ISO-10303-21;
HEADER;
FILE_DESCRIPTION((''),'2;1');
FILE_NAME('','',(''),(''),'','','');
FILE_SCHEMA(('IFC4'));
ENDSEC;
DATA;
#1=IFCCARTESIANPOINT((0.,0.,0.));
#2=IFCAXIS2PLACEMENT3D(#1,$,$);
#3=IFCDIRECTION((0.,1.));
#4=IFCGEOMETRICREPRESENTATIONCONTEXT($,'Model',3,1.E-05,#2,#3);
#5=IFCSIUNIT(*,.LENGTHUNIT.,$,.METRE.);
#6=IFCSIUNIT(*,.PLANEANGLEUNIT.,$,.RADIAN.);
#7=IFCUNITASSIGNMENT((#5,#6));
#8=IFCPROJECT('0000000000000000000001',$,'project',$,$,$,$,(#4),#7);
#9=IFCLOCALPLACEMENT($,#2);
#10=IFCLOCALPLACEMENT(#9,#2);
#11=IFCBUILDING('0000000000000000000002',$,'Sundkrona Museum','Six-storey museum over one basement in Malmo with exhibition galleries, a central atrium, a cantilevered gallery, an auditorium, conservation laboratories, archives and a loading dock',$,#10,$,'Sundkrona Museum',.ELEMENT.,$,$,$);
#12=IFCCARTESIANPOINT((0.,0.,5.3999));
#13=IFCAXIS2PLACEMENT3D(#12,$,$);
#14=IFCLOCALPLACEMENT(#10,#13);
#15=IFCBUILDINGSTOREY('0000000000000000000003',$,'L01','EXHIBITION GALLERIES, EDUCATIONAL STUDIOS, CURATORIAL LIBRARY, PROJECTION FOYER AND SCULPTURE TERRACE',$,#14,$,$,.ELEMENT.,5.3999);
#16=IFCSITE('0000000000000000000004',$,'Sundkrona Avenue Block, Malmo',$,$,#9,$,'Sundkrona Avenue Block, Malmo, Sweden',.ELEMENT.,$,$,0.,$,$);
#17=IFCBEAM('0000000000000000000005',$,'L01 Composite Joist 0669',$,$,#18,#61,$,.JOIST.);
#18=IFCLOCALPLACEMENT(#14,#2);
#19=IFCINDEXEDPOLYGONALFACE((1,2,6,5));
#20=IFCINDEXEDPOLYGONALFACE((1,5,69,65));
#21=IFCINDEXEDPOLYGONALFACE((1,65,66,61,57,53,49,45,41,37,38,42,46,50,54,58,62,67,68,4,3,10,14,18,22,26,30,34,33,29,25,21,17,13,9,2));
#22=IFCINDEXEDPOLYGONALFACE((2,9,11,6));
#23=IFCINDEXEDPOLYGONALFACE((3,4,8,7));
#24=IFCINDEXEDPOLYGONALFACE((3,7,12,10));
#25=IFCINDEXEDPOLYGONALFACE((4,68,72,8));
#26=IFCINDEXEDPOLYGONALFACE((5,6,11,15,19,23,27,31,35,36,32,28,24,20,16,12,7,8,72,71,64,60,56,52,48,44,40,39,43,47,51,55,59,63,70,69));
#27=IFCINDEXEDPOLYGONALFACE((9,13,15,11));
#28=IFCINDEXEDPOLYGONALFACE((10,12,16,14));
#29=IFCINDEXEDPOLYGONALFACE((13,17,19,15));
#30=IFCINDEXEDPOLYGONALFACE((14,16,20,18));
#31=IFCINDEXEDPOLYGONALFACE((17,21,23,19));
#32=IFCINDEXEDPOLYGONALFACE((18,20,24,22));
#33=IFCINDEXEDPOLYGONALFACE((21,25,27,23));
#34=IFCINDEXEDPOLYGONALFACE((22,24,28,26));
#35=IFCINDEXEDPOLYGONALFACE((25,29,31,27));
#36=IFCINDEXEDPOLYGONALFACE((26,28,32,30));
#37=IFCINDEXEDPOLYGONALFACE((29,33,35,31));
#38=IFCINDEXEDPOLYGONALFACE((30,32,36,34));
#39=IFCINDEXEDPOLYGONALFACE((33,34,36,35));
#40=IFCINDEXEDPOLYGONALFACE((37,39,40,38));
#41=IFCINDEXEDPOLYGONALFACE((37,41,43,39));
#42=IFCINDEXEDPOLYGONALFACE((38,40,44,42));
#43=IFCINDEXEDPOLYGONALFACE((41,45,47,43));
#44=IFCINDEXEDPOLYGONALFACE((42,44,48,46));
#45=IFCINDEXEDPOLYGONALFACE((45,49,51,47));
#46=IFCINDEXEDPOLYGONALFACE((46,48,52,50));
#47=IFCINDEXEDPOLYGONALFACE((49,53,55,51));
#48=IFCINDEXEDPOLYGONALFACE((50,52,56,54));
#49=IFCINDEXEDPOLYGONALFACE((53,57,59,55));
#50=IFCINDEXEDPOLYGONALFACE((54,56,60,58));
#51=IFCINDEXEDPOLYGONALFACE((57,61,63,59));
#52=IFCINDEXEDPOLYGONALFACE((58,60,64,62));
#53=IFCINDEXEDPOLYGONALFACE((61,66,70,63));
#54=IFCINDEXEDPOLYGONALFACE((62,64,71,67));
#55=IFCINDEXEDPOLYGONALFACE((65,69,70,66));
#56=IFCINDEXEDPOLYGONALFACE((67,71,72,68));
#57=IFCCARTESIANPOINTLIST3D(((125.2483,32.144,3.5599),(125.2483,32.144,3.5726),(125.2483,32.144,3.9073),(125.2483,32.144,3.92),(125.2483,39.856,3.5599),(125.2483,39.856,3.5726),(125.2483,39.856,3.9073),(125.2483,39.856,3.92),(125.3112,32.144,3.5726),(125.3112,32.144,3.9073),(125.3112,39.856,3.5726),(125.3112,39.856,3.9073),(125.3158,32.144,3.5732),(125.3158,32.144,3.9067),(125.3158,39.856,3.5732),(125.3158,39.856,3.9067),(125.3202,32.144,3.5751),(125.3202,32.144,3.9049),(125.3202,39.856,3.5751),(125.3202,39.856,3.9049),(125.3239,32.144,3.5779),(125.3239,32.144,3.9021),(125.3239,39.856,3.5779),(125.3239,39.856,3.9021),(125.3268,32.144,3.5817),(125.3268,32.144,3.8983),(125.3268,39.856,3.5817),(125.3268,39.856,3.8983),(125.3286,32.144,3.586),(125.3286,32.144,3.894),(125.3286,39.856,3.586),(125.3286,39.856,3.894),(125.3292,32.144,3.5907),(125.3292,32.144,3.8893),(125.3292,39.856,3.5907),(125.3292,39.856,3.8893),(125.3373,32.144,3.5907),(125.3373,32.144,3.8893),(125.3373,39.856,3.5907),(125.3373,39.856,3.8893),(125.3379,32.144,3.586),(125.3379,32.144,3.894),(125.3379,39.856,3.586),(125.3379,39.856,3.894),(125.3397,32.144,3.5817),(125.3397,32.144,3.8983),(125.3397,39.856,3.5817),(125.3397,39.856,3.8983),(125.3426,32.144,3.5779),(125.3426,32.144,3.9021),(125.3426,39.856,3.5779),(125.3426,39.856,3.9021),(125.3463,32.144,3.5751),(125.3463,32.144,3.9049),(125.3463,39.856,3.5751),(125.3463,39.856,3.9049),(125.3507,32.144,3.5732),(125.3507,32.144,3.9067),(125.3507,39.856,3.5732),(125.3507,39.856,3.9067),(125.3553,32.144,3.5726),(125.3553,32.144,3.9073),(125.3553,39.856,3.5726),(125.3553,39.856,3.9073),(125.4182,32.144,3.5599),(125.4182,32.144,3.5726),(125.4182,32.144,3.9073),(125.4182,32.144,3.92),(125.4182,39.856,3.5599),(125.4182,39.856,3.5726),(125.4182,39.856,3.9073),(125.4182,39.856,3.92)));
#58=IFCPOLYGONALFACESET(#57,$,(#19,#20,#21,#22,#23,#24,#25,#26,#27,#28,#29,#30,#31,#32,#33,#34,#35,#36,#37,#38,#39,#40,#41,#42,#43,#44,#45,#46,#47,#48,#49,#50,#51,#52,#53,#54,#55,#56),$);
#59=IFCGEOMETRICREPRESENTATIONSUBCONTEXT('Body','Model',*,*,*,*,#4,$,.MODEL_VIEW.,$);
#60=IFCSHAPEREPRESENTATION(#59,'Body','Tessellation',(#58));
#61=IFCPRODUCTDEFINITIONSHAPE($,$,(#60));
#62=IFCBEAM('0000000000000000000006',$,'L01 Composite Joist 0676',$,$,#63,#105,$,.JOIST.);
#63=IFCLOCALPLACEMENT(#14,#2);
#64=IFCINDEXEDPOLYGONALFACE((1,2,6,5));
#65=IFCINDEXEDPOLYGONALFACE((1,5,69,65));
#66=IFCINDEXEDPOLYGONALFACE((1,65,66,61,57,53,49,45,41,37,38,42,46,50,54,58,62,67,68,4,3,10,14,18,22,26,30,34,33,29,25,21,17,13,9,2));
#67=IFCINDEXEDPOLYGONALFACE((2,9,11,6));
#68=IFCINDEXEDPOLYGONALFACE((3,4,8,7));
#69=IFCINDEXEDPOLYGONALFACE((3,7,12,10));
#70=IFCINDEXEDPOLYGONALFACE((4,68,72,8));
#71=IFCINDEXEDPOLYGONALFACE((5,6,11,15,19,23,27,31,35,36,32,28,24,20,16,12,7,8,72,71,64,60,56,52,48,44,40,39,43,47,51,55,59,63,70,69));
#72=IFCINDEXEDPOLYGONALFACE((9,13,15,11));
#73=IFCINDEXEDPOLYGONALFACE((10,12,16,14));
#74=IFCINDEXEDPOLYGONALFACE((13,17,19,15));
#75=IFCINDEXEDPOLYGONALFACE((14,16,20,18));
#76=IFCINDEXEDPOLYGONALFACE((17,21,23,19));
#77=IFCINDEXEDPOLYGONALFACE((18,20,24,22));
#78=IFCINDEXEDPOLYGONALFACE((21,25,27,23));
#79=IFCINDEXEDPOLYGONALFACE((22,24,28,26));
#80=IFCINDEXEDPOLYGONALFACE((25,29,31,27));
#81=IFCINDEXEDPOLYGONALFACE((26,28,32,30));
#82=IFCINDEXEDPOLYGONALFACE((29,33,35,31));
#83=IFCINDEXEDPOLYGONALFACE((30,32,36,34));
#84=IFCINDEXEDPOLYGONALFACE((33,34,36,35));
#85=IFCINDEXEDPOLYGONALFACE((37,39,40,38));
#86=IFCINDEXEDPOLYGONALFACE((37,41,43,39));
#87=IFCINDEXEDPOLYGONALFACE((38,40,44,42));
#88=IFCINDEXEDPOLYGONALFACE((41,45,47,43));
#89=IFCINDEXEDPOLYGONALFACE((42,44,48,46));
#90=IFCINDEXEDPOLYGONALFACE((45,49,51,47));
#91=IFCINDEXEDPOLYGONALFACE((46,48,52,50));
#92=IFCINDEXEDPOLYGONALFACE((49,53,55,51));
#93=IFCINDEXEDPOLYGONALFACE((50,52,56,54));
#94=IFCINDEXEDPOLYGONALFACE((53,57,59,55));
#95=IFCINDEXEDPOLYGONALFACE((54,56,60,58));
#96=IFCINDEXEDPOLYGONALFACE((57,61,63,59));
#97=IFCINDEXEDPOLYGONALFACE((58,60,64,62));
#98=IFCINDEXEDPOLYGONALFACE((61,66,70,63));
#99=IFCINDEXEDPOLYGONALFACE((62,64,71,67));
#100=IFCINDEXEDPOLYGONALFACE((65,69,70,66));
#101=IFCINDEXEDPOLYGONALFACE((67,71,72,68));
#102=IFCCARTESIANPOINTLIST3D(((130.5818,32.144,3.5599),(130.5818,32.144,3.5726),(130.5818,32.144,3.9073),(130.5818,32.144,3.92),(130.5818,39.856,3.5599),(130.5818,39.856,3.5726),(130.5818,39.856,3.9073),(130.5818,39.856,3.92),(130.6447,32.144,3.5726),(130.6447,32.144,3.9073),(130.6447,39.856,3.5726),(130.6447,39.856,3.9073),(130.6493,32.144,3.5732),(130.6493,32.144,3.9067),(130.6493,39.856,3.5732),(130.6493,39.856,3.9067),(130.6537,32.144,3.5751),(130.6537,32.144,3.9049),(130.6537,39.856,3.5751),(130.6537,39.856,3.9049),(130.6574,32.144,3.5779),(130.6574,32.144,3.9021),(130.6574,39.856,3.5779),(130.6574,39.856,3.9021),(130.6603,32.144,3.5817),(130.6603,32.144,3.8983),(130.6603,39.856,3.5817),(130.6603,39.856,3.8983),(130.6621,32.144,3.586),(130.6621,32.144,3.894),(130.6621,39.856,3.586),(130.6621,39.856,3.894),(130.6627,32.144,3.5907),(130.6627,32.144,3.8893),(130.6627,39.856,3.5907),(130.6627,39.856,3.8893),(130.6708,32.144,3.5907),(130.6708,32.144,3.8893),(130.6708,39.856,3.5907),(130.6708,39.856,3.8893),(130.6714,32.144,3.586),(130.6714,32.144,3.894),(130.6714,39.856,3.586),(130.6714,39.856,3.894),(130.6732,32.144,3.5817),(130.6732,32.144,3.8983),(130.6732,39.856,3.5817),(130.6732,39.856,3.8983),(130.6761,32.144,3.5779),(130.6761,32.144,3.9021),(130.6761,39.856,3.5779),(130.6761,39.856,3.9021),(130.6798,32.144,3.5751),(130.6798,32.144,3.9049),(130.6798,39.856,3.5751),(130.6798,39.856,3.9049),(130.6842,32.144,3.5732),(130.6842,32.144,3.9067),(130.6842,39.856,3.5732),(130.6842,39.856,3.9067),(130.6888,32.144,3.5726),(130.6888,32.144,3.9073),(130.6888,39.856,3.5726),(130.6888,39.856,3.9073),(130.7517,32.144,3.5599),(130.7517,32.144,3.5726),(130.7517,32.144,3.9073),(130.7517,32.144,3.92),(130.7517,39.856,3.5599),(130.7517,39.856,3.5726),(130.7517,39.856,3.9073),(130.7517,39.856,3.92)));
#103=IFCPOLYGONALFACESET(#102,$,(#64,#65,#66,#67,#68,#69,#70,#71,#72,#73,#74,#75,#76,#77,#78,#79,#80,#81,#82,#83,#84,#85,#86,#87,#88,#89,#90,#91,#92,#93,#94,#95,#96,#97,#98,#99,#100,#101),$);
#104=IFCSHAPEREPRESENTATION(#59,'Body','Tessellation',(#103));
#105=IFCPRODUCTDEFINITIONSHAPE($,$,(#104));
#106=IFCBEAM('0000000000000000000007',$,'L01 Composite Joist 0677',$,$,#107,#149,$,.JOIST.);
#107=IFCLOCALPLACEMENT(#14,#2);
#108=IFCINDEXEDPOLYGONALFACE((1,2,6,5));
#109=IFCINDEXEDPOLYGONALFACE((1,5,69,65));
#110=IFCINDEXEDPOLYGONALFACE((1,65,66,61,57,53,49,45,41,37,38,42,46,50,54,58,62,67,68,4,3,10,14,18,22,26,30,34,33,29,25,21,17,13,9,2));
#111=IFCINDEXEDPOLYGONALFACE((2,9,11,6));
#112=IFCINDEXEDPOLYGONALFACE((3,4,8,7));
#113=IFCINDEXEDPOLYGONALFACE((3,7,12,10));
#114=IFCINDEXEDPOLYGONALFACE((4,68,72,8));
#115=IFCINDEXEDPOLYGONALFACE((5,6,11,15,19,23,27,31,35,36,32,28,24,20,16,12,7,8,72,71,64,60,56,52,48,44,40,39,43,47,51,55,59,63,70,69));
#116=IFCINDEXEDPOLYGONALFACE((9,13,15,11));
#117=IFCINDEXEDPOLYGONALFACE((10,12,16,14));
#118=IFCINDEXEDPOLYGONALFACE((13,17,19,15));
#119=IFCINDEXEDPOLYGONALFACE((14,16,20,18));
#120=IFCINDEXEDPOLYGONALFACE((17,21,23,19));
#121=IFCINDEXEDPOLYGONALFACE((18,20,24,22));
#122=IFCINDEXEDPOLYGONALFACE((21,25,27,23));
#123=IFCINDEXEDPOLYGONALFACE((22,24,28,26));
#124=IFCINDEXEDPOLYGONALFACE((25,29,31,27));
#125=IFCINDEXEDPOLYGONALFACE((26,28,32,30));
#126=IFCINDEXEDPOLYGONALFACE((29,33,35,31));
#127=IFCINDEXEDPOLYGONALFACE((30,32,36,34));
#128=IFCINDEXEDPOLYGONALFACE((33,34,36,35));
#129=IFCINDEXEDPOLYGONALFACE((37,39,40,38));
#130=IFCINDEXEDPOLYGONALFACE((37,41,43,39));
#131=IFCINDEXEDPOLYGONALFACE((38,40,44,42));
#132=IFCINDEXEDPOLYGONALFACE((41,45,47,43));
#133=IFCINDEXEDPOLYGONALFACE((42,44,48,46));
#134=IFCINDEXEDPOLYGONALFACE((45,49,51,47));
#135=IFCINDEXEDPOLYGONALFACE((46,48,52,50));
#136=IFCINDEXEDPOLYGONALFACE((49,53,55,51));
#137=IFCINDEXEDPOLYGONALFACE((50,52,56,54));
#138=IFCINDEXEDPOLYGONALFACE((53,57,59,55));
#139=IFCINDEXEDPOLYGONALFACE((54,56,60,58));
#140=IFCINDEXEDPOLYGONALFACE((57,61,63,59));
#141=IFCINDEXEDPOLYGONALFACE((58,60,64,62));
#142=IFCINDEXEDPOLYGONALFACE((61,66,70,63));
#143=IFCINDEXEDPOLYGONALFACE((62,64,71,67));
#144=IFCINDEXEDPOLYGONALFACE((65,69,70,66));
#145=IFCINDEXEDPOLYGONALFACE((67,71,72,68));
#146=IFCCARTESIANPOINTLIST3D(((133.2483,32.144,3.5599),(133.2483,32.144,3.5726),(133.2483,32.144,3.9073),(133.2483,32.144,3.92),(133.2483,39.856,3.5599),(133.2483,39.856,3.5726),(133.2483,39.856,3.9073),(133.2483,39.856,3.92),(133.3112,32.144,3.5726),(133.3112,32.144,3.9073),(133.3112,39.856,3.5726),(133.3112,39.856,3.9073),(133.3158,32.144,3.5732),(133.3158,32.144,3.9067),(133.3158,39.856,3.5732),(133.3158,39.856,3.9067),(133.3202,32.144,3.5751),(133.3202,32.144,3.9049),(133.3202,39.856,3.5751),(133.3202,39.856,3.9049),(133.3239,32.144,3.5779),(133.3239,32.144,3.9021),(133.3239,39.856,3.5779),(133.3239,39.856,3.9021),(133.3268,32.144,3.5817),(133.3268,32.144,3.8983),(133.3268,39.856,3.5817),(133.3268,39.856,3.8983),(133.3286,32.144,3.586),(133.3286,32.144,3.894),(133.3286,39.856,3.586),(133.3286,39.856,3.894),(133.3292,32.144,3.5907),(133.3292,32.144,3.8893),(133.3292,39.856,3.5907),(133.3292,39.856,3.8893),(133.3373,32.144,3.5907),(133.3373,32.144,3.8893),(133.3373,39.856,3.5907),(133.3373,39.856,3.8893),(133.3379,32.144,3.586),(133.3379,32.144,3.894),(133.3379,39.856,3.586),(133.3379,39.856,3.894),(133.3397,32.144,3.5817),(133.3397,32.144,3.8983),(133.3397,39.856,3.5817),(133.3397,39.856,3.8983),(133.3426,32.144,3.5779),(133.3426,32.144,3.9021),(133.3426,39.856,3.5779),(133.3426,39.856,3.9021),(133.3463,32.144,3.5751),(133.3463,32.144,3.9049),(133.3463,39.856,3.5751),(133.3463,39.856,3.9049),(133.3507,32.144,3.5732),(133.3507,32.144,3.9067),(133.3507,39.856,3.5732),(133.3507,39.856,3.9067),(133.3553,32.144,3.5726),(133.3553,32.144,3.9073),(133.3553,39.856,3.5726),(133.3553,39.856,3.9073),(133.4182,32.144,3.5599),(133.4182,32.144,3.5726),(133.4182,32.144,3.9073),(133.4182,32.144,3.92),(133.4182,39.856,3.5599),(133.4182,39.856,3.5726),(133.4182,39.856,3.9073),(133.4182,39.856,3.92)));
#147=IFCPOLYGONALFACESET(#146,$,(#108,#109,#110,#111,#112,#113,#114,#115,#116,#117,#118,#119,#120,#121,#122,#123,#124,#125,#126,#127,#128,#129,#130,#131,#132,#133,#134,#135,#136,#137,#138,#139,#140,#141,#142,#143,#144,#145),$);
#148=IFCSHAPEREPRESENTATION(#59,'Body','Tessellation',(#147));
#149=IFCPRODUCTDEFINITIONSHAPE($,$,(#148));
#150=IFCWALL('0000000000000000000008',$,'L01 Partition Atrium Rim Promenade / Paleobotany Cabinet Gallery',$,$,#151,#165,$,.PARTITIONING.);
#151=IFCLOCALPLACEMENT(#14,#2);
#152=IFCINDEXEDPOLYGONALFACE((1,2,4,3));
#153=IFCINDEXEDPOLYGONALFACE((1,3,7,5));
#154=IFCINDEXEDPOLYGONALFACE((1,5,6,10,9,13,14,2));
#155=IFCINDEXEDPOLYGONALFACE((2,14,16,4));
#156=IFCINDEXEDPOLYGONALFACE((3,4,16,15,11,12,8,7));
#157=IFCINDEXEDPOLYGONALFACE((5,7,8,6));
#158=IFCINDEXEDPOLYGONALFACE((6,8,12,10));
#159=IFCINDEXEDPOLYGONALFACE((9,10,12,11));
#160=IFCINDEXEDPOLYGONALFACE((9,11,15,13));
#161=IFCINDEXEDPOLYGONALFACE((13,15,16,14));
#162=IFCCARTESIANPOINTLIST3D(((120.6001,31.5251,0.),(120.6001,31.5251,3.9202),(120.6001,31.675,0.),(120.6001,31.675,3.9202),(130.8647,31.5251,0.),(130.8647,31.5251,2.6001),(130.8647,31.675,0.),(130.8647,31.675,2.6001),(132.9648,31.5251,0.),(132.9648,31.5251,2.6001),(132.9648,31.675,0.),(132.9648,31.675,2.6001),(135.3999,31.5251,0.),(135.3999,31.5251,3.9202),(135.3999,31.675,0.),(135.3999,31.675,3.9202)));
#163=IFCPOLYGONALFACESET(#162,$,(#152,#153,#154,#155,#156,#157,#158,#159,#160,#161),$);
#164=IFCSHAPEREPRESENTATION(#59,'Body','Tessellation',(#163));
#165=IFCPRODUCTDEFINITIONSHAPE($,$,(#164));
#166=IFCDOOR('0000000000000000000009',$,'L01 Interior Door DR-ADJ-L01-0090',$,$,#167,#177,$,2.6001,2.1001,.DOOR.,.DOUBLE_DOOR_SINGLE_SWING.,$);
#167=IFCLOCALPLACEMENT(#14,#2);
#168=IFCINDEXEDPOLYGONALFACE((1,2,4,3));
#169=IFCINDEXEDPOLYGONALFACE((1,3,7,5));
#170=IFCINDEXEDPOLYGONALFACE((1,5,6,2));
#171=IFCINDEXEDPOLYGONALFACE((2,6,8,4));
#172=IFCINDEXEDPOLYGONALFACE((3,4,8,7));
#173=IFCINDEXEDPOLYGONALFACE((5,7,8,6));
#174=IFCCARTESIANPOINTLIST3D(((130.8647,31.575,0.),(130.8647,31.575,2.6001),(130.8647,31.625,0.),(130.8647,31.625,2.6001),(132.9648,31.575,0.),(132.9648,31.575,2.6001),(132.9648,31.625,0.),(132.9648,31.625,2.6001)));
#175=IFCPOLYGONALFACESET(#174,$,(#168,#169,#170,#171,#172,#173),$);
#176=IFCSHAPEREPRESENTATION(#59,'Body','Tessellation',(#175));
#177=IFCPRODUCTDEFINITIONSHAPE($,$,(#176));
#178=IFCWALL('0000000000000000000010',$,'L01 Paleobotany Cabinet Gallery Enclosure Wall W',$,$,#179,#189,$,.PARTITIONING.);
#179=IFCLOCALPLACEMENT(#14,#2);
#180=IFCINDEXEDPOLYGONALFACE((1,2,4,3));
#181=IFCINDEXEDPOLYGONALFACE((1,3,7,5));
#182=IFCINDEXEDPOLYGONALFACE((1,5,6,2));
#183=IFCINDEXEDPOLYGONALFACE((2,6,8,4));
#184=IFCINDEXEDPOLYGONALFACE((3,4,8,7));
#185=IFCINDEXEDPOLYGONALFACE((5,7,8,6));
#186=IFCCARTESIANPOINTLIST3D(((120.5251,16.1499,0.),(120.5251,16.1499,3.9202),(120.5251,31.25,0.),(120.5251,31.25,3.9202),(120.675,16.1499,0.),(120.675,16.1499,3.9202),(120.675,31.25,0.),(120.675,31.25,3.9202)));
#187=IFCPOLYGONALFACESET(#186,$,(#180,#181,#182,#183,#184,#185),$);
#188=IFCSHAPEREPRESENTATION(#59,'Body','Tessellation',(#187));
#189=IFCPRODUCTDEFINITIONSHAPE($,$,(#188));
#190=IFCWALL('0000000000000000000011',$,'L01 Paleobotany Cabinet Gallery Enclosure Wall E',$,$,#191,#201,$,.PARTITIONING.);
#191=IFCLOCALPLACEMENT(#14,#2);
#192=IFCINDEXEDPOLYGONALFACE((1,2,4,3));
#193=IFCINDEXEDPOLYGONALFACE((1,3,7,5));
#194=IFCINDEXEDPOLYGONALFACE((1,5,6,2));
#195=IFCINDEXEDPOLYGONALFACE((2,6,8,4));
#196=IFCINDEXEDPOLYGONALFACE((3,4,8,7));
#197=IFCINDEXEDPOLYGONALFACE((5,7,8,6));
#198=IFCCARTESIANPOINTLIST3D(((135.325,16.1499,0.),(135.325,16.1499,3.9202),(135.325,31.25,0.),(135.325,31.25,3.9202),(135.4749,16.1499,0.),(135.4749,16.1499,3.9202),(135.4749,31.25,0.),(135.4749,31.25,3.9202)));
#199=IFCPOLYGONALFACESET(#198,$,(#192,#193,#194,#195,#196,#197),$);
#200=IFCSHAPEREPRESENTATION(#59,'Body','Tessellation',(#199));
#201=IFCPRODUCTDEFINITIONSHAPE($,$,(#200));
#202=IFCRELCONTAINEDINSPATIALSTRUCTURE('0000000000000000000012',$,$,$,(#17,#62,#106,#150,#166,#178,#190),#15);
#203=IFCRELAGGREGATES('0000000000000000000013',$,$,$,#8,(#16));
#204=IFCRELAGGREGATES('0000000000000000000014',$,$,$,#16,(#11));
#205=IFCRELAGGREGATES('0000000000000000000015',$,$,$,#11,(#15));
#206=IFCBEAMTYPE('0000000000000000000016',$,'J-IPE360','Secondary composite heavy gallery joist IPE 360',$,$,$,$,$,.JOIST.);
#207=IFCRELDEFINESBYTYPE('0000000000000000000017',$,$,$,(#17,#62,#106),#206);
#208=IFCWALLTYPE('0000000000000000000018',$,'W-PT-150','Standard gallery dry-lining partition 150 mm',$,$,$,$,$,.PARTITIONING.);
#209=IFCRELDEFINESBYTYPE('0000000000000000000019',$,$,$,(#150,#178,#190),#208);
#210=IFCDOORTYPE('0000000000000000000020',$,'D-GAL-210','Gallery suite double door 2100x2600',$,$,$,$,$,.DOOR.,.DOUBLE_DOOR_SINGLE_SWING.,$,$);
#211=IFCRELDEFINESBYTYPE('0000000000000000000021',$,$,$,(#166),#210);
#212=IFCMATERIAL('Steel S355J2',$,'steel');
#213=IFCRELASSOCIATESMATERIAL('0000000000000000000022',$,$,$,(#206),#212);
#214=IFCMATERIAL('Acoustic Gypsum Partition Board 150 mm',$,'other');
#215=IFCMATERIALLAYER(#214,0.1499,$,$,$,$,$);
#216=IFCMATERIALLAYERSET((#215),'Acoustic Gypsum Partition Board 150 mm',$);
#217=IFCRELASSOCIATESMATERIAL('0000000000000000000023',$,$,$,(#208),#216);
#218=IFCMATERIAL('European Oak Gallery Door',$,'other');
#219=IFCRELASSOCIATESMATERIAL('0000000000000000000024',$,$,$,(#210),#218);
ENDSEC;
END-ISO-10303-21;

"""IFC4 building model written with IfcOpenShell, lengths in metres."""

from ifc_helpers import new_model, si_unit, direction, frame, frame_2d, origin, origin_2d, place, context, subcontext, project, spatial, rectangle, i_section, extrude, material, layer, layer_set, material_profile, profile_set, type_object, element, fill, save


model = new_model("IFC4")

# Units and contexts
model_context = context("Model", 3, precision=1e-05, world=origin(), true_north=direction((0.0, 1.0)))
body_context = subcontext(model_context, "Body", "Model", "MODEL_VIEW")
ifc_project = project(units=[si_unit("LENGTHUNIT", "METRE"), si_unit("PLANEANGLEUNIT", "RADIAN")], contexts=[model_context])

# Site, building, storey
site_placement = place(None, origin())
site = spatial("IfcSite", under=ifc_project, at=site_placement, Name="Sundkrona Avenue Block, Malmo", LongName="Sundkrona Avenue Block, Malmo, Sweden", CompositionType="ELEMENT", RefElevation=0.0)
building_placement = place(site_placement, origin())
building = spatial("IfcBuilding", under=site, at=building_placement, Name="Sundkrona Museum", Description="Six-storey museum over one basement in Malmo with exhibition galleries, a central atrium, a cantilevered gallery, an auditorium, conservation laboratories, archives and a loading dock", LongName="Sundkrona Museum", CompositionType="ELEMENT")
storey_placement = place(building_placement, frame((0.0, 0.0, 5.3999)))
storey = spatial("IfcBuildingStorey", under=building, at=storey_placement, Name="L01", Description="EXHIBITION GALLERIES, EDUCATIONAL STUDIOS, CURATORIAL LIBRARY, PROJECTION FOYER AND SCULPTURE TERRACE", CompositionType="ELEMENT", Elevation=5.3999)

# Shared definitions
ifc_material_1 = material(Name="Steel S355J2", Category="steel")

# Beams
ifc_material_profile_1 = material_profile(ifc_material_1, i_section(OverallWidth=0.1699, OverallDepth=0.3601, WebThickness=0.0081, FlangeThickness=0.0127, FilletRadius=0.0181, at=origin_2d()), Name="IPE 360")
ifc_profile_set_1 = profile_set([ifc_material_profile_1], Name="Steel S355J2")
beam_type_1 = type_object("IfcBeamType", Name="J-IPE360", Description="Secondary composite heavy gallery joist IPE 360", PredefinedType="JOIST", material=ifc_profile_set_1)
for number, where, z_axis, x_axis, name in (
    (1, (125.3333, 32.144, 3.74), (0.0, 1.0, 0.0), (-1.0, 0.0, 0.0), "L01 Composite Joist 0669"),
    (2, (130.6667, 32.144, 3.74), (0.0, 1.0, 0.0), (-1.0, 0.0, 0.0), "L01 Composite Joist 0676"),
    (3, (133.3333, 32.144, 3.74), (0.0, 1.0, 0.0), (-1.0, 0.0, 0.0), "L01 Composite Joist 0677"),
):
    element("IfcBeam", number, at=place(storey_placement, frame(where, z_axis=z_axis, x_axis=x_axis)), inside=storey, type_object=beam_type_1, Name=name, PredefinedType="JOIST", context=body_context, shape_type="SweptSolid", body=[
        extrude(i_section(OverallWidth=0.1699, OverallDepth=0.3601, WebThickness=0.0081, FlangeThickness=0.0127, FilletRadius=0.0181, at=origin_2d()), origin(), (0.0, 0.0, 1.0), 7.7119),
    ])

# Wall, opening, door
ifc_material_2 = material(Name="Acoustic Gypsum Partition Board 150 mm", Category="other")
ifc_layer = layer(ifc_material_2, 0.1499)
ifc_layer_set = layer_set([ifc_layer], Name="Acoustic Gypsum Partition Board 150 mm")
wall_type = type_object("IfcWallType", Name="W-PT-150", Description="Standard gallery dry-lining partition 150 mm", PredefinedType="PARTITIONING", material=ifc_layer_set)
wall_placement = place(storey_placement, frame((120.6001, 31.6001, 0.0), z_axis=(0.0, 0.0, 1.0), x_axis=(1.0, 0.0, 0.0)))
wall = element("IfcWall", 4, at=wall_placement, inside=storey, type_object=wall_type, Name="L01 Partition Atrium Rim Promenade / Paleobotany Cabinet Gallery", PredefinedType="PARTITIONING", context=body_context, shape_type="SweptSolid", body=[
    extrude(rectangle(XDim=14.7998, YDim=0.1499, at=frame_2d((7.3999, 0.0))), origin(), (0.0, 0.0, 1.0), 3.9202),
])
opening_placement = place(wall_placement, frame((10.2646, 0.0, 0.0)))
opening = element("IfcOpeningElement", 5, at=opening_placement, cuts=wall, PredefinedType="OPENING", context=body_context, shape_type="SweptSolid", body=[
    extrude(rectangle(XDim=2.1001, YDim=2.6001, at=frame_2d((1.05, 1.3))), frame((0.0, 0.085, 0.0), z_axis=(0.0, -1.0, 0.0), x_axis=(1.0, 0.0, 0.0)), (0.0, 0.0, 1.0), 0.1699),
])
ifc_material_3 = material(Name="European Oak Gallery Door", Category="other")
door_type = type_object("IfcDoorType", Name="D-GAL-210", Description="Gallery suite double door 2100x2600", OperationType="DOUBLE_DOOR_SINGLE_SWING", PredefinedType="DOOR", material=ifc_material_3)
door_placement = place(opening_placement, origin())
door = element("IfcDoor", 6, at=door_placement, inside=storey, type_object=door_type, Name="L01 Interior Door DR-ADJ-L01-0090", OperationType="DOUBLE_DOOR_SINGLE_SWING", OverallHeight=2.6001, OverallWidth=2.1001, PredefinedType="DOOR", context=body_context, shape_type="SweptSolid", body=[
    extrude(rectangle(XDim=2.1001, YDim=2.6001, at=frame_2d((1.05, 1.3))), frame((0.0, 0.0249, 0.0), z_axis=(0.0, -1.0, 0.0), x_axis=(1.0, 0.0, 0.0)), (0.0, 0.0, 1.0), 0.05),
])
fill(opening, door)

# Walls
for number, where, z_axis, x_axis, name in (
    (7, (120.6001, 16.1499, 0.0), (0.0, 0.0, 1.0), (0.0, 1.0, 0.0), "L01 Paleobotany Cabinet Gallery Enclosure Wall W"),
    (8, (135.3999, 16.1499, 0.0), (0.0, 0.0, 1.0), (0.0, 1.0, 0.0), "L01 Paleobotany Cabinet Gallery Enclosure Wall E"),
):
    element("IfcWall", number, at=place(storey_placement, frame(where, z_axis=z_axis, x_axis=x_axis)), inside=storey, type_object=wall_type, Name=name, PredefinedType="PARTITIONING", context=body_context, shape_type="SweptSolid", body=[
        extrude(rectangle(XDim=15.1001, YDim=0.1499, at=frame_2d((7.55, 0.0))), origin(), (0.0, 0.0, 1.0), 3.9202),
    ])

save(model, "model.ifc")
